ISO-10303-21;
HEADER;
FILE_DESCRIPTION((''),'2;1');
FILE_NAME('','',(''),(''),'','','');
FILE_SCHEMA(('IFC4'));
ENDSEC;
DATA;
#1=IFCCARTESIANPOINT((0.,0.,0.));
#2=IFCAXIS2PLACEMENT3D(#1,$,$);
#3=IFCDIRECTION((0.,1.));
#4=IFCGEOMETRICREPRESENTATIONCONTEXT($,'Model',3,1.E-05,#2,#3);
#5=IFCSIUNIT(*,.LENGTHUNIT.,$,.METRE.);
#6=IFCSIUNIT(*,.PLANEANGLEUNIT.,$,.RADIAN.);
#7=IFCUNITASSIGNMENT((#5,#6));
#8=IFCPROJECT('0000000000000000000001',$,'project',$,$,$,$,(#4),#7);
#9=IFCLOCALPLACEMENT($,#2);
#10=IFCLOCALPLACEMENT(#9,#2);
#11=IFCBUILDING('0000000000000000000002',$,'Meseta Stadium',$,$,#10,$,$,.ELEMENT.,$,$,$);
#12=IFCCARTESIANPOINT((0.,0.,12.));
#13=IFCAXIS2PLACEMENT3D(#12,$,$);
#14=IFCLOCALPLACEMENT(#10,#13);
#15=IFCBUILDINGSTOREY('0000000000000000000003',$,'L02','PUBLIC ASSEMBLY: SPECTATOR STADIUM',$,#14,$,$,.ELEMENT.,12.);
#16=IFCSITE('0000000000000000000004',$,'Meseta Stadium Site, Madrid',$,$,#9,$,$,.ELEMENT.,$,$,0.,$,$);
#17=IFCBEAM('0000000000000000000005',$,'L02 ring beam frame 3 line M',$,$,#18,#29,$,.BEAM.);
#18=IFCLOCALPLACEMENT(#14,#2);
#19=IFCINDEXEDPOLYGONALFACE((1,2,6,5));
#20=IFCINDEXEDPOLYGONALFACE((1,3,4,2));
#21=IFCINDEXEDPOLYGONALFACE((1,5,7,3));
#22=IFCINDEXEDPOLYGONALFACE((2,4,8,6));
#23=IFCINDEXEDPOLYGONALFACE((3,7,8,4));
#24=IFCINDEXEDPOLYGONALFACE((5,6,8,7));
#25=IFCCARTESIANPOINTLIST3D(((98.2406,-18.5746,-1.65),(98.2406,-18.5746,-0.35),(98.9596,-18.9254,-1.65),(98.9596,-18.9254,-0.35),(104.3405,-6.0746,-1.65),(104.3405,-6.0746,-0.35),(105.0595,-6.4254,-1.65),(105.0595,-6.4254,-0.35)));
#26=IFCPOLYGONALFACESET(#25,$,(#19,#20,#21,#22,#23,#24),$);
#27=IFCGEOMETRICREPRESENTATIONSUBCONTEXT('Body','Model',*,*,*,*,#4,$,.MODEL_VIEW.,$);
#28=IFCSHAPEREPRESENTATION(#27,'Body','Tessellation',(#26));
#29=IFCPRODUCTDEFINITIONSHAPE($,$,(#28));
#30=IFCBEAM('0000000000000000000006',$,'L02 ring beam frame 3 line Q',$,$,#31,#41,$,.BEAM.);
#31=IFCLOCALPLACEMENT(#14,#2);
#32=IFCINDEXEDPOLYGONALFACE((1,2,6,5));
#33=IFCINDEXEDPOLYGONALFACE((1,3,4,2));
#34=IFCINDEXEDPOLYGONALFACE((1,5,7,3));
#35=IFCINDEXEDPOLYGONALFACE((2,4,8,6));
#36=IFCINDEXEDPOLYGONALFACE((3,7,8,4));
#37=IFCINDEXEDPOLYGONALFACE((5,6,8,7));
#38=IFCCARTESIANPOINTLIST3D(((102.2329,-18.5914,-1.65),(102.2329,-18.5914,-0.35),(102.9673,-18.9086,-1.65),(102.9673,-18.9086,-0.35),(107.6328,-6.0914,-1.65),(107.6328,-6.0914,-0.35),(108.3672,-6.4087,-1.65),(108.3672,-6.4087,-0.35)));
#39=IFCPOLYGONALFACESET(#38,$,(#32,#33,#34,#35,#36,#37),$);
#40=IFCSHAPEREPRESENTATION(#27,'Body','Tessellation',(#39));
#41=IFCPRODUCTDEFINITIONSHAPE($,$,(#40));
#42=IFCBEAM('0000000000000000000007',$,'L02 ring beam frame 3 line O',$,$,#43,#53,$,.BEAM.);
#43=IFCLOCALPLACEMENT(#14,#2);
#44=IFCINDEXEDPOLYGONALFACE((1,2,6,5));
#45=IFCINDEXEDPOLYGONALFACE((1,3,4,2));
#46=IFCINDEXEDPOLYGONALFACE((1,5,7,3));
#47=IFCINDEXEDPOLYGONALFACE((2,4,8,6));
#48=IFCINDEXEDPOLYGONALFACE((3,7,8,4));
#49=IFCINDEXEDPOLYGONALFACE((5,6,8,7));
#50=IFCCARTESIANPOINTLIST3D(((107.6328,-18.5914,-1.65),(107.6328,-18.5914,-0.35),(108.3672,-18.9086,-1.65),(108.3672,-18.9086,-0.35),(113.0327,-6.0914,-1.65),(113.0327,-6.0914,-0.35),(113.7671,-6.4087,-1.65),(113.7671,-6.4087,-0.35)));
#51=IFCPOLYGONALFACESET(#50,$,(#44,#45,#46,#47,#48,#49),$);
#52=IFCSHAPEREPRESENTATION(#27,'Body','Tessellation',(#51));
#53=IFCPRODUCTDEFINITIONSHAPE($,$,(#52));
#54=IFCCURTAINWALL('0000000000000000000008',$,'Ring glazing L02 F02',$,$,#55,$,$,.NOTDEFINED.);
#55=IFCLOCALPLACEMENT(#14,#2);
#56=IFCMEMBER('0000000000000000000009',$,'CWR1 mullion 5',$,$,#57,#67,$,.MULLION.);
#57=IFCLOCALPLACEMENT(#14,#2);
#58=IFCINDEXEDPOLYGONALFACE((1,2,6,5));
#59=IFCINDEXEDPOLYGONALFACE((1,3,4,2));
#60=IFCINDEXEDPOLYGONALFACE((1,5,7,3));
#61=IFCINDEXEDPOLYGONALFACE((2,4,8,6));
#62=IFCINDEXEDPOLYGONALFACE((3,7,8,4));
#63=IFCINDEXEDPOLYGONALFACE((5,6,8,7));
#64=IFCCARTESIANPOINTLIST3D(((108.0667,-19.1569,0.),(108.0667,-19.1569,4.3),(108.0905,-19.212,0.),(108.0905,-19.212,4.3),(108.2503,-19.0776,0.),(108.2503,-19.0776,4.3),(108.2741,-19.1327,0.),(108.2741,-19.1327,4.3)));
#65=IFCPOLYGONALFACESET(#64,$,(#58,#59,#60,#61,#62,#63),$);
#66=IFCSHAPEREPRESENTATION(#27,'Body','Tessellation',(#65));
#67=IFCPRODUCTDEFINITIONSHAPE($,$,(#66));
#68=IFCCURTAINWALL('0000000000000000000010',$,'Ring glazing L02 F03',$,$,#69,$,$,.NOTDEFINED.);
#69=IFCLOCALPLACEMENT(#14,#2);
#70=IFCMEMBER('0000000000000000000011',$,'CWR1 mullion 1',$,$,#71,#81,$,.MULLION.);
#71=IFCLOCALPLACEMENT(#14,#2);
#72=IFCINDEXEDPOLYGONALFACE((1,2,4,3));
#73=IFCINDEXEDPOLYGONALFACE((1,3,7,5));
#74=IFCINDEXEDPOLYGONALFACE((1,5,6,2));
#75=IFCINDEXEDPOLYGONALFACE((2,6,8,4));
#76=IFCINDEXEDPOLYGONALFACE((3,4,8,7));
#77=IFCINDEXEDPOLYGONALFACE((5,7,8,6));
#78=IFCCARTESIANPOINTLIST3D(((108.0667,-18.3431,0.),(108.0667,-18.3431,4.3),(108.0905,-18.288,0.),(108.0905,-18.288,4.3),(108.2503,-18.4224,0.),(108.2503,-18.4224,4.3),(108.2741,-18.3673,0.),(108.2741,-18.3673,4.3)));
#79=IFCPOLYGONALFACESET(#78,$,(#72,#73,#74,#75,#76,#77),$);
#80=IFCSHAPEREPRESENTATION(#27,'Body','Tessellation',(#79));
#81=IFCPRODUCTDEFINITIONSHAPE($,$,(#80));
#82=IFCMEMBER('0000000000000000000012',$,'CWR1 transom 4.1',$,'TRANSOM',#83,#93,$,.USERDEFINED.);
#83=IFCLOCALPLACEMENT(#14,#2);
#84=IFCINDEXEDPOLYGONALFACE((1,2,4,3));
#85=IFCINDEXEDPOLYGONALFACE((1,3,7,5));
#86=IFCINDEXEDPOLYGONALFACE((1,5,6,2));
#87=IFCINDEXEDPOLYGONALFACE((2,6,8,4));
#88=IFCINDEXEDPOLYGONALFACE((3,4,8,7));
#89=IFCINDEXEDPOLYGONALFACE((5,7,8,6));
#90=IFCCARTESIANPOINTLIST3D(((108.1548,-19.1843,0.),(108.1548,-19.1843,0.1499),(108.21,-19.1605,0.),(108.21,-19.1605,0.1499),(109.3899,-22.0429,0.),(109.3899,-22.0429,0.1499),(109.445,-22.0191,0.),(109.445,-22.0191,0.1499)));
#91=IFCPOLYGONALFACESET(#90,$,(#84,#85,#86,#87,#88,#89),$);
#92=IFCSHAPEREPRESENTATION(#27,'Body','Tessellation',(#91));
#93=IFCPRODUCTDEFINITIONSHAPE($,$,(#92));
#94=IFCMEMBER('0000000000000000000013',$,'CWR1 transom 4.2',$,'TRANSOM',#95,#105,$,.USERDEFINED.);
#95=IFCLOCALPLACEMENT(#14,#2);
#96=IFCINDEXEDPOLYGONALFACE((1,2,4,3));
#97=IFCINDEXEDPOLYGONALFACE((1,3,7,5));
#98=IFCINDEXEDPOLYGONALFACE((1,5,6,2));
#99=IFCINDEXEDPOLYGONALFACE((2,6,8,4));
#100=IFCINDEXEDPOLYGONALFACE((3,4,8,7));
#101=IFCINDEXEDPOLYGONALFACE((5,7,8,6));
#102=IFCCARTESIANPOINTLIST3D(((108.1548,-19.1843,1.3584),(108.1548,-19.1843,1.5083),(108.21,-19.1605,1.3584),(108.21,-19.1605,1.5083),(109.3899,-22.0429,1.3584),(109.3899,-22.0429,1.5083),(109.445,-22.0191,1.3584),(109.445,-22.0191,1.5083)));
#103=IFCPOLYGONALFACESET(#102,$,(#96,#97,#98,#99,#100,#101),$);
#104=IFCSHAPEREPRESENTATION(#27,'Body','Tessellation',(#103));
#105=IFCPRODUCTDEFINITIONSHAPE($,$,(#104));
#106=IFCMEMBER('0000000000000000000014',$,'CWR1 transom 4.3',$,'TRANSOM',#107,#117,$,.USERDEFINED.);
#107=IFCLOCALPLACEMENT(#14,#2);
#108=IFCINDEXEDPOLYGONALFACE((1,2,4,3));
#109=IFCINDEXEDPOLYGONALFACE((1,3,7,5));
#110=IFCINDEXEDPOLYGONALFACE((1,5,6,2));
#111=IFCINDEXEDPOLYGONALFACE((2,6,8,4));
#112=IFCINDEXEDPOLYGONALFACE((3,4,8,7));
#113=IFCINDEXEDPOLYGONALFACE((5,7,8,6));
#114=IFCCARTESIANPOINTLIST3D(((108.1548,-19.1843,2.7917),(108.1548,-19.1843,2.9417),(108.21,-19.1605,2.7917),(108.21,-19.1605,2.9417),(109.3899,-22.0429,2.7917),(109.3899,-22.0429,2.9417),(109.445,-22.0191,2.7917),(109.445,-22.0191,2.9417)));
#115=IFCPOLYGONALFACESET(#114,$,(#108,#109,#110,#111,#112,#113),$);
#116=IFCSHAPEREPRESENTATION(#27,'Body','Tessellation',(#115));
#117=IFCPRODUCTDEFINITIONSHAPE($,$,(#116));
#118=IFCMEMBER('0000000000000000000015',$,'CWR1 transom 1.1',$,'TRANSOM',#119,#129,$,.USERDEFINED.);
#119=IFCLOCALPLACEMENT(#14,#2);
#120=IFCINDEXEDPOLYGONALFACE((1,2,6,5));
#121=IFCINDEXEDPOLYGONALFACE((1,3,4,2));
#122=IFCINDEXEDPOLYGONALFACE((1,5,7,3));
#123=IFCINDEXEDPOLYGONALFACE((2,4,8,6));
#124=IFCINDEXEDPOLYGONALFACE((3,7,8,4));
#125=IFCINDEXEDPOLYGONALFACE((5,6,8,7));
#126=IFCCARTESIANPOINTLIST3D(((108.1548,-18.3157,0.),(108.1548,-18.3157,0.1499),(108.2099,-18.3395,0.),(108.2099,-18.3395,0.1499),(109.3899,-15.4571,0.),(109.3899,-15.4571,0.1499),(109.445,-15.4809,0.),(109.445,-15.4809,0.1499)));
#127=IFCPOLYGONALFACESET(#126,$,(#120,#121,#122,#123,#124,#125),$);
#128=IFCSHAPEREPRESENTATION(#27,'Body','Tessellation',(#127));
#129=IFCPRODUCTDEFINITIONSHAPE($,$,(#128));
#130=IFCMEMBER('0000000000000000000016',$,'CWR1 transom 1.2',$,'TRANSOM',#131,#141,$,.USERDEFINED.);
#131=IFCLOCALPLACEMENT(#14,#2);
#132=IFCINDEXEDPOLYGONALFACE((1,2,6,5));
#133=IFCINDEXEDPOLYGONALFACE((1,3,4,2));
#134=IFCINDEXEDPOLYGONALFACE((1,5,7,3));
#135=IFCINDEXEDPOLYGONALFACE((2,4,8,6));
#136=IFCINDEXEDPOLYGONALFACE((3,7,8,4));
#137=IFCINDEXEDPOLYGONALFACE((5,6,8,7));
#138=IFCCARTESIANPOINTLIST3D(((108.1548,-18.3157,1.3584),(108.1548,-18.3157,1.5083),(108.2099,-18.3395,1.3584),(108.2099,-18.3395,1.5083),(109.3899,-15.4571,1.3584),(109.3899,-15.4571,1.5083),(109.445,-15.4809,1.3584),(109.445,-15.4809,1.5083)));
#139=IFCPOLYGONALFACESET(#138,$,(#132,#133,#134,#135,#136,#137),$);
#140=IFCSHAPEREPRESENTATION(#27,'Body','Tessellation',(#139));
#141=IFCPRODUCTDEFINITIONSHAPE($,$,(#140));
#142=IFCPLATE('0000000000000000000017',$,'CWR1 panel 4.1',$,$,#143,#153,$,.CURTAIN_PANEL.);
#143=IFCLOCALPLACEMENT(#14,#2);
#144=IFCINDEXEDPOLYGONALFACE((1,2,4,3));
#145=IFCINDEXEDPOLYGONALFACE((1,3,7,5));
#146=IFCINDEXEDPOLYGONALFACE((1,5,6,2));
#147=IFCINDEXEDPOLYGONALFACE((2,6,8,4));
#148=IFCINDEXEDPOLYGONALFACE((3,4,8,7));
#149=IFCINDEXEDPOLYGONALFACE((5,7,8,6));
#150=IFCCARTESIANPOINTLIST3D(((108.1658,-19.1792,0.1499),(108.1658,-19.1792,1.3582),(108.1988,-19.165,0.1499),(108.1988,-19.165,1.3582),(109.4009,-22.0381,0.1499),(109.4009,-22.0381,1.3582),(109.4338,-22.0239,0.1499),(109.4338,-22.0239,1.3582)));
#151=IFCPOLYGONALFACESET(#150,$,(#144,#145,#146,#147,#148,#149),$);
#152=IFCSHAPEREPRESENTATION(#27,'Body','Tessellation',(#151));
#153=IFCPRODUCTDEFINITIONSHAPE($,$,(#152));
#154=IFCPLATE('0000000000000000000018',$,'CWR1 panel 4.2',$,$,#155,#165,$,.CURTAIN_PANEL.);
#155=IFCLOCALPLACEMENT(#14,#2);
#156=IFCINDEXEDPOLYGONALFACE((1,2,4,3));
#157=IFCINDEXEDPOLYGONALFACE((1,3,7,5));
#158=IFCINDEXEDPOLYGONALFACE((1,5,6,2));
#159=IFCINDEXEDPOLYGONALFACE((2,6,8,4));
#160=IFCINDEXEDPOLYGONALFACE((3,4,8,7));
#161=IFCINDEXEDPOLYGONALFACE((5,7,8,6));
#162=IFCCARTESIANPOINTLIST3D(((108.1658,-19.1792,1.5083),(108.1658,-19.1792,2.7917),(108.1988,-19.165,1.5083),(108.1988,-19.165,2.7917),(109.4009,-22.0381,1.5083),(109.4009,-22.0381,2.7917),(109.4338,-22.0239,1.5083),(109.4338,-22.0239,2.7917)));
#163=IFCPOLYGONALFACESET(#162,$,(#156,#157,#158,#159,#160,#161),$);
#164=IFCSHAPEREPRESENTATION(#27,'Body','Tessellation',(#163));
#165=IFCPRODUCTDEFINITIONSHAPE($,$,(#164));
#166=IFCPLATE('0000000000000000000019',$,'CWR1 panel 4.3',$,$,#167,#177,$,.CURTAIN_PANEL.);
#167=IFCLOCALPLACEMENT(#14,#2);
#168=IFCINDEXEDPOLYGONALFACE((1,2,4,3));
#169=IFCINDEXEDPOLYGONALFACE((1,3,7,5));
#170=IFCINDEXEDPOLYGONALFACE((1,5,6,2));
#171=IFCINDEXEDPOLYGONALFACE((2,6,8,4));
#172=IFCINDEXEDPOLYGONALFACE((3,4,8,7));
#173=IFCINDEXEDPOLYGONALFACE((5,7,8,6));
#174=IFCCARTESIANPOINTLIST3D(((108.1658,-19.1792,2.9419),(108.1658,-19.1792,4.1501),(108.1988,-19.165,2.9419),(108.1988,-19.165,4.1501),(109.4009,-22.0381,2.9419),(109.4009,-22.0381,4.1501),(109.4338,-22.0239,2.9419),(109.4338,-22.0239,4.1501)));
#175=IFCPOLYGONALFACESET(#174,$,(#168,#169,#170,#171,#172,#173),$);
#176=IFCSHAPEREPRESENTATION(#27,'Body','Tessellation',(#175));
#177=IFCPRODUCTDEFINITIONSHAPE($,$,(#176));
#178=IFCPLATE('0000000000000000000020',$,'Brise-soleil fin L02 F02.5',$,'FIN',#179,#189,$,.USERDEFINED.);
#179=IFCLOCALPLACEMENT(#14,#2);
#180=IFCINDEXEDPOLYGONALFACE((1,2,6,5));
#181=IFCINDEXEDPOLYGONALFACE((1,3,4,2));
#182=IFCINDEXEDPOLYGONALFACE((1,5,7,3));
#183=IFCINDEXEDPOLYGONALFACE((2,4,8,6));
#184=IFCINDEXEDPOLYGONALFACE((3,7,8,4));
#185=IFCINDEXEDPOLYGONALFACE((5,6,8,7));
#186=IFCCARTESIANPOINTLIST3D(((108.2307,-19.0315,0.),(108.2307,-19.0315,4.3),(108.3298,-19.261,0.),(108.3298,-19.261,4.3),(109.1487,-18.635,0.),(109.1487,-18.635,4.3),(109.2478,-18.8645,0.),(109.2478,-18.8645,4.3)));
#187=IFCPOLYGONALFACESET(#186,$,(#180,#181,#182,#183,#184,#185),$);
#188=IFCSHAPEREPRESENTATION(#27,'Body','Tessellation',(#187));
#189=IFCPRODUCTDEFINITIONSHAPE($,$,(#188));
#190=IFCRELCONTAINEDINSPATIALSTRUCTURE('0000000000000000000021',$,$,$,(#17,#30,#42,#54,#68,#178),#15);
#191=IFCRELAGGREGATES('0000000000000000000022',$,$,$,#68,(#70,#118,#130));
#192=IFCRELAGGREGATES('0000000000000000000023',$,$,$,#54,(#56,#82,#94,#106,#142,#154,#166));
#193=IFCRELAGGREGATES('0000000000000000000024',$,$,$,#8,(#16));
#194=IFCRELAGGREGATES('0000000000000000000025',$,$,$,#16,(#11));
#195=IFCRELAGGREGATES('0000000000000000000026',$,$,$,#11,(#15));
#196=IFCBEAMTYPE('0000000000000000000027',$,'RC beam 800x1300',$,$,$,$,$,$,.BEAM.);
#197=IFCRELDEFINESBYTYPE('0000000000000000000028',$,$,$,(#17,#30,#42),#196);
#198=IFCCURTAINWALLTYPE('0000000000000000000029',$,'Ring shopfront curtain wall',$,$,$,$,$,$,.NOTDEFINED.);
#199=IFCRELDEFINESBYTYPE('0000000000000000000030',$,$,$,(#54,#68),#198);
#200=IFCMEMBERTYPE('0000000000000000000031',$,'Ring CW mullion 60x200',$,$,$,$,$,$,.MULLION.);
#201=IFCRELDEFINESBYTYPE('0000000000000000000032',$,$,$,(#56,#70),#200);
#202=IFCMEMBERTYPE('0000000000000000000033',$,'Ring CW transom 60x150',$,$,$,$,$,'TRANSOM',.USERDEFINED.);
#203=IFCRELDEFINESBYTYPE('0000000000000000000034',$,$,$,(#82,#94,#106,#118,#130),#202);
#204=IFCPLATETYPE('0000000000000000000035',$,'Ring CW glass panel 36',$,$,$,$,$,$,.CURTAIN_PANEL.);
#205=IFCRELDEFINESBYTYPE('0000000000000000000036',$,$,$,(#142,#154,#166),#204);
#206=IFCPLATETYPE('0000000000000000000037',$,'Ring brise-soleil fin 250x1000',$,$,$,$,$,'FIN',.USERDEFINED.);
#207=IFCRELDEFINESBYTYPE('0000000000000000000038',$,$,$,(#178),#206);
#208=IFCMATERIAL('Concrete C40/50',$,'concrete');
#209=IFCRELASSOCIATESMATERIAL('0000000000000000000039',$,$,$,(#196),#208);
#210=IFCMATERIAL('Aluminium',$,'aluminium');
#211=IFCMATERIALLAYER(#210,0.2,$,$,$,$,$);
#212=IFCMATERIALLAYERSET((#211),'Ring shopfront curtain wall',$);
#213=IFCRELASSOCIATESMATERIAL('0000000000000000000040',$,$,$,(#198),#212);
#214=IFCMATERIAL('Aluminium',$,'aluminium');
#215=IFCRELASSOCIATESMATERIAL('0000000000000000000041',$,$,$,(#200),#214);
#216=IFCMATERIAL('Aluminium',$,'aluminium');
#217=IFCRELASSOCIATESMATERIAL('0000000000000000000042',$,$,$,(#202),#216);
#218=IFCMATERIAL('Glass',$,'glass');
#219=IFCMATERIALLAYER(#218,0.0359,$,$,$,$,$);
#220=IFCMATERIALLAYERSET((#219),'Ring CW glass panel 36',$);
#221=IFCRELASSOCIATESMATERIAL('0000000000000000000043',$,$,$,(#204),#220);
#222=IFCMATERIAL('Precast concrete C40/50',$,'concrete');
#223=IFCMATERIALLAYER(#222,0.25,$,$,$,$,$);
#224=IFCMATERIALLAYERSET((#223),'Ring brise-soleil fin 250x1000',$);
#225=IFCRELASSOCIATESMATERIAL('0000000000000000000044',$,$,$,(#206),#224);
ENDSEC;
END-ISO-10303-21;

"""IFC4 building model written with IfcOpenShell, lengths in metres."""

from ifc_helpers import new_model, si_unit, direction, frame, origin, origin_2d, place, context, subcontext, project, spatial, rectangle, extrude, material, layer, layer_set, material_profile, profile_set, type_object, element, aggregate, save


model = new_model("IFC4")

# Units and contexts
model_context = context("Model", 3, precision=1e-05, world=origin(), true_north=direction((0.0, 1.0)))
body_context = subcontext(model_context, "Body", "Model", "MODEL_VIEW")
ifc_project = project(units=[si_unit("LENGTHUNIT", "METRE"), si_unit("PLANEANGLEUNIT", "RADIAN")], contexts=[model_context])

# Site, building, storey
site_placement = place(None, origin())
site = spatial("IfcSite", under=ifc_project, at=site_placement, Name="Meseta Stadium Site, Madrid", CompositionType="ELEMENT", RefElevation=0.0)
building_placement = place(site_placement, origin())
building = spatial("IfcBuilding", under=site, at=building_placement, Name="Meseta Stadium", CompositionType="ELEMENT")
storey_placement = place(building_placement, frame((0.0, 0.0, 12.0)))
storey = spatial("IfcBuildingStorey", under=building, at=storey_placement, Name="L02", Description="PUBLIC ASSEMBLY: SPECTATOR STADIUM", CompositionType="ELEMENT", Elevation=12.0)

# Beams
ifc_material_1 = material(Name="Concrete C40/50", Category="concrete")
ifc_material_profile_1 = material_profile(ifc_material_1, rectangle(XDim=0.8, YDim=1.3, at=origin_2d()), Name="RC 800x1300")
ifc_profile_set_1 = profile_set([ifc_material_profile_1], Name="Concrete C40/50")
beam_type_1 = type_object("IfcBeamType", Name="RC beam 800x1300", PredefinedType="BEAM", material=ifc_profile_set_1)
beam_1_placement = place(storey_placement, frame((98.6001, -18.75, -1.0), z_axis=(0.438557, 0.898703, 0.0), x_axis=(-0.898703, 0.438557, 0.0)))
element("IfcBeam", 1, at=beam_1_placement, inside=storey, type_object=beam_type_1, Name="L02 ring beam frame 3 line M", PredefinedType="BEAM", context=body_context, shape_type="SweptSolid", body=[
    extrude(rectangle(XDim=0.8, YDim=1.3, at=origin_2d()), origin(), (0.0, 0.0, 1.0), 13.9089),
])
for number, where, z_axis, x_axis, name in (
    (2, (102.6001, -18.75, -1.0), (0.396571, 0.918004, 0.0), (-0.918004, 0.396571, 0.0), "L02 ring beam frame 3 line Q"),
    (3, (108.0, -18.75, -1.0), (0.396571, 0.918004, 0.0), (-0.918004, 0.396571, 0.0), "L02 ring beam frame 3 line O"),
):
    element("IfcBeam", number, at=place(storey_placement, frame(where, z_axis=z_axis, x_axis=x_axis)), inside=storey, type_object=beam_type_1, Name=name, PredefinedType="BEAM", context=body_context, shape_type="SweptSolid", body=[
        extrude(rectangle(XDim=0.8, YDim=1.3, at=origin_2d()), origin(), (0.0, 0.0, 1.0), 13.6165),
    ])

# Curtain walls, members
ifc_material_2 = material(Name="Aluminium", Category="aluminium")
ifc_layer_1 = layer(ifc_material_2, 0.2)
ifc_layer_set_1 = layer_set([ifc_layer_1], Name="Ring shopfront curtain wall")
curtain_wall_type = type_object("IfcCurtainWallType", Name="Ring shopfront curtain wall", PredefinedType="NOTDEFINED", material=ifc_layer_set_1)
curtain_wall_1_placement = place(storey_placement, origin())
curtain_wall_1 = element("IfcCurtainWall", 4, at=curtain_wall_1_placement, inside=storey, type_object=curtain_wall_type, Name="Ring glazing L02 F02", PredefinedType="NOTDEFINED")
ifc_material_3 = material(Name="Aluminium", Category="aluminium")
ifc_material_profile_2 = material_profile(ifc_material_3, rectangle(XDim=0.2, YDim=0.0601, at=origin_2d()), Name="CW 200x60")
ifc_profile_set_2 = profile_set([ifc_material_profile_2], Name="Aluminium")
member_type_1 = type_object("IfcMemberType", Name="Ring CW mullion 60x200", PredefinedType="MULLION", material=ifc_profile_set_2)
member_1_placement = place(storey_placement, frame((108.1704, -19.1448, 0.0), z_axis=(0.0, 0.0, 1.0), x_axis=(-0.918, -0.396581, 0.0)))
member_1 = element("IfcMember", 5, at=member_1_placement, type_object=member_type_1, Name="CWR1 mullion 5", PredefinedType="MULLION", context=body_context, shape_type="SweptSolid", body=[
    extrude(rectangle(XDim=0.2, YDim=0.0601, at=origin_2d()), origin(), (0.0, 0.0, 1.0), 4.3),
])
curtain_wall_2_placement = place(storey_placement, origin())
curtain_wall_2 = element("IfcCurtainWall", 6, at=curtain_wall_2_placement, inside=storey, type_object=curtain_wall_type, Name="Ring glazing L02 F03", PredefinedType="NOTDEFINED")
member_2_placement = place(storey_placement, frame((108.1704, -18.3552, 0.0), z_axis=(0.0, 0.0, 1.0), x_axis=(-0.918, 0.396581, 0.0)))
member_2 = element("IfcMember", 7, at=member_2_placement, type_object=member_type_1, Name="CWR1 mullion 1", PredefinedType="MULLION", context=body_context, shape_type="SweptSolid", body=[
    extrude(rectangle(XDim=0.2, YDim=0.0601, at=origin_2d()), origin(), (0.0, 0.0, 1.0), 4.3),
])

# Members
ifc_material_4 = material(Name="Aluminium", Category="aluminium")
ifc_material_profile_3 = material_profile(ifc_material_4, rectangle(XDim=0.0601, YDim=0.1499, at=origin_2d()), Name="CW 60x150")
ifc_profile_set_3 = profile_set([ifc_material_profile_3], Name="Aluminium")
member_type_2 = type_object("IfcMemberType", Name="Ring CW transom 60x150", ElementType="TRANSOM", PredefinedType="USERDEFINED", material=ifc_profile_set_3)
member_3_placement = place(storey_placement, frame((109.4175, -22.031, 0.075), z_axis=(-0.396624, 0.917981, 0.0), x_axis=(-0.917981, -0.396624, 0.0)))
member_3 = element("IfcMember", 8, at=member_3_placement, type_object=member_type_2, Name="CWR1 transom 4.1", ObjectType="TRANSOM", PredefinedType="USERDEFINED", context=body_context, shape_type="SweptSolid", body=[
    extrude(rectangle(XDim=0.0601, YDim=0.1499, at=origin_2d()), origin(), (0.0, 0.0, 1.0), 3.114),
])
member_4_placement = place(storey_placement, frame((109.4175, -22.031, 1.4333), z_axis=(-0.396624, 0.917981, 0.0), x_axis=(-0.917981, -0.396624, 0.0)))
member_4 = element("IfcMember", 9, at=member_4_placement, type_object=member_type_2, Name="CWR1 transom 4.2", ObjectType="TRANSOM", PredefinedType="USERDEFINED", context=body_context, shape_type="SweptSolid", body=[
    extrude(rectangle(XDim=0.0601, YDim=0.1499, at=origin_2d()), origin(), (0.0, 0.0, 1.0), 3.114),
])
member_5_placement = place(storey_placement, frame((109.4175, -22.031, 2.8667), z_axis=(-0.396624, 0.917981, 0.0), x_axis=(-0.917981, -0.396624, 0.0)))
member_5 = element("IfcMember", 10, at=member_5_placement, type_object=member_type_2, Name="CWR1 transom 4.3", ObjectType="TRANSOM", PredefinedType="USERDEFINED", context=body_context, shape_type="SweptSolid", body=[
    extrude(rectangle(XDim=0.0601, YDim=0.1499, at=origin_2d()), origin(), (0.0, 0.0, 1.0), 3.114),
])
member_6_placement = place(storey_placement, frame((108.1824, -18.3276, 0.075), z_axis=(0.396624, 0.917981, 0.0), x_axis=(-0.917981, 0.396624, 0.0)))
member_6 = element("IfcMember", 11, at=member_6_placement, type_object=member_type_2, Name="CWR1 transom 1.1", ObjectType="TRANSOM", PredefinedType="USERDEFINED", context=body_context, shape_type="SweptSolid", body=[
    extrude(rectangle(XDim=0.0601, YDim=0.1499, at=origin_2d()), origin(), (0.0, 0.0, 1.0), 3.114),
])
member_7_placement = place(storey_placement, frame((108.1824, -18.3276, 1.4333), z_axis=(0.396624, 0.917981, 0.0), x_axis=(-0.917981, 0.396624, 0.0)))
member_7 = element("IfcMember", 12, at=member_7_placement, type_object=member_type_2, Name="CWR1 transom 1.2", ObjectType="TRANSOM", PredefinedType="USERDEFINED", context=body_context, shape_type="SweptSolid", body=[
    extrude(rectangle(XDim=0.0601, YDim=0.1499, at=origin_2d()), origin(), (0.0, 0.0, 1.0), 3.114),
])
aggregate(curtain_wall_2, [member_2, member_6, member_7])

# Plates
ifc_material_5 = material(Name="Glass", Category="glass")
ifc_layer_2 = layer(ifc_material_5, 0.0359)
ifc_layer_set_2 = layer_set([ifc_layer_2], Name="Ring CW glass panel 36")
plate_type_1 = type_object("IfcPlateType", Name="Ring CW glass panel 36", PredefinedType="CURTAIN_PANEL", material=ifc_layer_set_2)
plate_1_placement = place(storey_placement, frame((108.7998, -20.6016, 0.1499), z_axis=(0.0, 0.0, 1.0), x_axis=(-0.396581, 0.918, 0.0)))
plate_1 = element("IfcPlate", 13, at=plate_1_placement, type_object=plate_type_1, Name="CWR1 panel 4.1", PredefinedType="CURTAIN_PANEL", context=body_context, shape_type="SweptSolid", body=[
    extrude(rectangle(XDim=3.1143, YDim=0.0359, at=origin_2d()), origin(), (0.0, 0.0, 1.0), 1.2083),
])
plate_2_placement = place(storey_placement, frame((108.7998, -20.6016, 1.5083), z_axis=(0.0, 0.0, 1.0), x_axis=(-0.396581, 0.918, 0.0)))
plate_2 = element("IfcPlate", 14, at=plate_2_placement, type_object=plate_type_1, Name="CWR1 panel 4.2", PredefinedType="CURTAIN_PANEL", context=body_context, shape_type="SweptSolid", body=[
    extrude(rectangle(XDim=3.1143, YDim=0.0359, at=origin_2d()), origin(), (0.0, 0.0, 1.0), 1.2834),
])
plate_3_placement = place(storey_placement, frame((108.7998, -20.6016, 2.9419), z_axis=(0.0, 0.0, 1.0), x_axis=(-0.396581, 0.918, 0.0)))
plate_3 = element("IfcPlate", 15, at=plate_3_placement, type_object=plate_type_1, Name="CWR1 panel 4.3", PredefinedType="CURTAIN_PANEL", context=body_context, shape_type="SweptSolid", body=[
    extrude(rectangle(XDim=3.1143, YDim=0.0359, at=origin_2d()), origin(), (0.0, 0.0, 1.0), 1.2083),
])
aggregate(curtain_wall_1, [member_1, member_3, member_4, member_5, plate_1, plate_2, plate_3])

# Plate
ifc_material_6 = material(Name="Precast concrete C40/50", Category="concrete")
ifc_layer_3 = layer(ifc_material_6, 0.25)
ifc_layer_set_3 = layer_set([ifc_layer_3], Name="Ring brise-soleil fin 250x1000")
plate_type_2 = type_object("IfcPlateType", Name="Ring brise-soleil fin 250x1000", ElementType="FIN", PredefinedType="USERDEFINED", material=ifc_layer_set_3)
for number, where, z_axis, x_axis, name in (
    (16, (108.7393, -18.948, 0.0), (0.0, 0.0, 1.0), (-0.396576, 0.918002, 0.0), "Brise-soleil fin L02 F02.5"),
):
    element("IfcPlate", number, at=place(storey_placement, frame(where, z_axis=z_axis, x_axis=x_axis)), inside=storey, type_object=plate_type_2, Name=name, ObjectType="FIN", PredefinedType="USERDEFINED", context=body_context, shape_type="SweptSolid", body=[
        extrude(rectangle(XDim=0.25, YDim=1.0, at=origin_2d()), origin(), (0.0, 0.0, 1.0), 4.3),
    ])

save(model, "model.ifc")
